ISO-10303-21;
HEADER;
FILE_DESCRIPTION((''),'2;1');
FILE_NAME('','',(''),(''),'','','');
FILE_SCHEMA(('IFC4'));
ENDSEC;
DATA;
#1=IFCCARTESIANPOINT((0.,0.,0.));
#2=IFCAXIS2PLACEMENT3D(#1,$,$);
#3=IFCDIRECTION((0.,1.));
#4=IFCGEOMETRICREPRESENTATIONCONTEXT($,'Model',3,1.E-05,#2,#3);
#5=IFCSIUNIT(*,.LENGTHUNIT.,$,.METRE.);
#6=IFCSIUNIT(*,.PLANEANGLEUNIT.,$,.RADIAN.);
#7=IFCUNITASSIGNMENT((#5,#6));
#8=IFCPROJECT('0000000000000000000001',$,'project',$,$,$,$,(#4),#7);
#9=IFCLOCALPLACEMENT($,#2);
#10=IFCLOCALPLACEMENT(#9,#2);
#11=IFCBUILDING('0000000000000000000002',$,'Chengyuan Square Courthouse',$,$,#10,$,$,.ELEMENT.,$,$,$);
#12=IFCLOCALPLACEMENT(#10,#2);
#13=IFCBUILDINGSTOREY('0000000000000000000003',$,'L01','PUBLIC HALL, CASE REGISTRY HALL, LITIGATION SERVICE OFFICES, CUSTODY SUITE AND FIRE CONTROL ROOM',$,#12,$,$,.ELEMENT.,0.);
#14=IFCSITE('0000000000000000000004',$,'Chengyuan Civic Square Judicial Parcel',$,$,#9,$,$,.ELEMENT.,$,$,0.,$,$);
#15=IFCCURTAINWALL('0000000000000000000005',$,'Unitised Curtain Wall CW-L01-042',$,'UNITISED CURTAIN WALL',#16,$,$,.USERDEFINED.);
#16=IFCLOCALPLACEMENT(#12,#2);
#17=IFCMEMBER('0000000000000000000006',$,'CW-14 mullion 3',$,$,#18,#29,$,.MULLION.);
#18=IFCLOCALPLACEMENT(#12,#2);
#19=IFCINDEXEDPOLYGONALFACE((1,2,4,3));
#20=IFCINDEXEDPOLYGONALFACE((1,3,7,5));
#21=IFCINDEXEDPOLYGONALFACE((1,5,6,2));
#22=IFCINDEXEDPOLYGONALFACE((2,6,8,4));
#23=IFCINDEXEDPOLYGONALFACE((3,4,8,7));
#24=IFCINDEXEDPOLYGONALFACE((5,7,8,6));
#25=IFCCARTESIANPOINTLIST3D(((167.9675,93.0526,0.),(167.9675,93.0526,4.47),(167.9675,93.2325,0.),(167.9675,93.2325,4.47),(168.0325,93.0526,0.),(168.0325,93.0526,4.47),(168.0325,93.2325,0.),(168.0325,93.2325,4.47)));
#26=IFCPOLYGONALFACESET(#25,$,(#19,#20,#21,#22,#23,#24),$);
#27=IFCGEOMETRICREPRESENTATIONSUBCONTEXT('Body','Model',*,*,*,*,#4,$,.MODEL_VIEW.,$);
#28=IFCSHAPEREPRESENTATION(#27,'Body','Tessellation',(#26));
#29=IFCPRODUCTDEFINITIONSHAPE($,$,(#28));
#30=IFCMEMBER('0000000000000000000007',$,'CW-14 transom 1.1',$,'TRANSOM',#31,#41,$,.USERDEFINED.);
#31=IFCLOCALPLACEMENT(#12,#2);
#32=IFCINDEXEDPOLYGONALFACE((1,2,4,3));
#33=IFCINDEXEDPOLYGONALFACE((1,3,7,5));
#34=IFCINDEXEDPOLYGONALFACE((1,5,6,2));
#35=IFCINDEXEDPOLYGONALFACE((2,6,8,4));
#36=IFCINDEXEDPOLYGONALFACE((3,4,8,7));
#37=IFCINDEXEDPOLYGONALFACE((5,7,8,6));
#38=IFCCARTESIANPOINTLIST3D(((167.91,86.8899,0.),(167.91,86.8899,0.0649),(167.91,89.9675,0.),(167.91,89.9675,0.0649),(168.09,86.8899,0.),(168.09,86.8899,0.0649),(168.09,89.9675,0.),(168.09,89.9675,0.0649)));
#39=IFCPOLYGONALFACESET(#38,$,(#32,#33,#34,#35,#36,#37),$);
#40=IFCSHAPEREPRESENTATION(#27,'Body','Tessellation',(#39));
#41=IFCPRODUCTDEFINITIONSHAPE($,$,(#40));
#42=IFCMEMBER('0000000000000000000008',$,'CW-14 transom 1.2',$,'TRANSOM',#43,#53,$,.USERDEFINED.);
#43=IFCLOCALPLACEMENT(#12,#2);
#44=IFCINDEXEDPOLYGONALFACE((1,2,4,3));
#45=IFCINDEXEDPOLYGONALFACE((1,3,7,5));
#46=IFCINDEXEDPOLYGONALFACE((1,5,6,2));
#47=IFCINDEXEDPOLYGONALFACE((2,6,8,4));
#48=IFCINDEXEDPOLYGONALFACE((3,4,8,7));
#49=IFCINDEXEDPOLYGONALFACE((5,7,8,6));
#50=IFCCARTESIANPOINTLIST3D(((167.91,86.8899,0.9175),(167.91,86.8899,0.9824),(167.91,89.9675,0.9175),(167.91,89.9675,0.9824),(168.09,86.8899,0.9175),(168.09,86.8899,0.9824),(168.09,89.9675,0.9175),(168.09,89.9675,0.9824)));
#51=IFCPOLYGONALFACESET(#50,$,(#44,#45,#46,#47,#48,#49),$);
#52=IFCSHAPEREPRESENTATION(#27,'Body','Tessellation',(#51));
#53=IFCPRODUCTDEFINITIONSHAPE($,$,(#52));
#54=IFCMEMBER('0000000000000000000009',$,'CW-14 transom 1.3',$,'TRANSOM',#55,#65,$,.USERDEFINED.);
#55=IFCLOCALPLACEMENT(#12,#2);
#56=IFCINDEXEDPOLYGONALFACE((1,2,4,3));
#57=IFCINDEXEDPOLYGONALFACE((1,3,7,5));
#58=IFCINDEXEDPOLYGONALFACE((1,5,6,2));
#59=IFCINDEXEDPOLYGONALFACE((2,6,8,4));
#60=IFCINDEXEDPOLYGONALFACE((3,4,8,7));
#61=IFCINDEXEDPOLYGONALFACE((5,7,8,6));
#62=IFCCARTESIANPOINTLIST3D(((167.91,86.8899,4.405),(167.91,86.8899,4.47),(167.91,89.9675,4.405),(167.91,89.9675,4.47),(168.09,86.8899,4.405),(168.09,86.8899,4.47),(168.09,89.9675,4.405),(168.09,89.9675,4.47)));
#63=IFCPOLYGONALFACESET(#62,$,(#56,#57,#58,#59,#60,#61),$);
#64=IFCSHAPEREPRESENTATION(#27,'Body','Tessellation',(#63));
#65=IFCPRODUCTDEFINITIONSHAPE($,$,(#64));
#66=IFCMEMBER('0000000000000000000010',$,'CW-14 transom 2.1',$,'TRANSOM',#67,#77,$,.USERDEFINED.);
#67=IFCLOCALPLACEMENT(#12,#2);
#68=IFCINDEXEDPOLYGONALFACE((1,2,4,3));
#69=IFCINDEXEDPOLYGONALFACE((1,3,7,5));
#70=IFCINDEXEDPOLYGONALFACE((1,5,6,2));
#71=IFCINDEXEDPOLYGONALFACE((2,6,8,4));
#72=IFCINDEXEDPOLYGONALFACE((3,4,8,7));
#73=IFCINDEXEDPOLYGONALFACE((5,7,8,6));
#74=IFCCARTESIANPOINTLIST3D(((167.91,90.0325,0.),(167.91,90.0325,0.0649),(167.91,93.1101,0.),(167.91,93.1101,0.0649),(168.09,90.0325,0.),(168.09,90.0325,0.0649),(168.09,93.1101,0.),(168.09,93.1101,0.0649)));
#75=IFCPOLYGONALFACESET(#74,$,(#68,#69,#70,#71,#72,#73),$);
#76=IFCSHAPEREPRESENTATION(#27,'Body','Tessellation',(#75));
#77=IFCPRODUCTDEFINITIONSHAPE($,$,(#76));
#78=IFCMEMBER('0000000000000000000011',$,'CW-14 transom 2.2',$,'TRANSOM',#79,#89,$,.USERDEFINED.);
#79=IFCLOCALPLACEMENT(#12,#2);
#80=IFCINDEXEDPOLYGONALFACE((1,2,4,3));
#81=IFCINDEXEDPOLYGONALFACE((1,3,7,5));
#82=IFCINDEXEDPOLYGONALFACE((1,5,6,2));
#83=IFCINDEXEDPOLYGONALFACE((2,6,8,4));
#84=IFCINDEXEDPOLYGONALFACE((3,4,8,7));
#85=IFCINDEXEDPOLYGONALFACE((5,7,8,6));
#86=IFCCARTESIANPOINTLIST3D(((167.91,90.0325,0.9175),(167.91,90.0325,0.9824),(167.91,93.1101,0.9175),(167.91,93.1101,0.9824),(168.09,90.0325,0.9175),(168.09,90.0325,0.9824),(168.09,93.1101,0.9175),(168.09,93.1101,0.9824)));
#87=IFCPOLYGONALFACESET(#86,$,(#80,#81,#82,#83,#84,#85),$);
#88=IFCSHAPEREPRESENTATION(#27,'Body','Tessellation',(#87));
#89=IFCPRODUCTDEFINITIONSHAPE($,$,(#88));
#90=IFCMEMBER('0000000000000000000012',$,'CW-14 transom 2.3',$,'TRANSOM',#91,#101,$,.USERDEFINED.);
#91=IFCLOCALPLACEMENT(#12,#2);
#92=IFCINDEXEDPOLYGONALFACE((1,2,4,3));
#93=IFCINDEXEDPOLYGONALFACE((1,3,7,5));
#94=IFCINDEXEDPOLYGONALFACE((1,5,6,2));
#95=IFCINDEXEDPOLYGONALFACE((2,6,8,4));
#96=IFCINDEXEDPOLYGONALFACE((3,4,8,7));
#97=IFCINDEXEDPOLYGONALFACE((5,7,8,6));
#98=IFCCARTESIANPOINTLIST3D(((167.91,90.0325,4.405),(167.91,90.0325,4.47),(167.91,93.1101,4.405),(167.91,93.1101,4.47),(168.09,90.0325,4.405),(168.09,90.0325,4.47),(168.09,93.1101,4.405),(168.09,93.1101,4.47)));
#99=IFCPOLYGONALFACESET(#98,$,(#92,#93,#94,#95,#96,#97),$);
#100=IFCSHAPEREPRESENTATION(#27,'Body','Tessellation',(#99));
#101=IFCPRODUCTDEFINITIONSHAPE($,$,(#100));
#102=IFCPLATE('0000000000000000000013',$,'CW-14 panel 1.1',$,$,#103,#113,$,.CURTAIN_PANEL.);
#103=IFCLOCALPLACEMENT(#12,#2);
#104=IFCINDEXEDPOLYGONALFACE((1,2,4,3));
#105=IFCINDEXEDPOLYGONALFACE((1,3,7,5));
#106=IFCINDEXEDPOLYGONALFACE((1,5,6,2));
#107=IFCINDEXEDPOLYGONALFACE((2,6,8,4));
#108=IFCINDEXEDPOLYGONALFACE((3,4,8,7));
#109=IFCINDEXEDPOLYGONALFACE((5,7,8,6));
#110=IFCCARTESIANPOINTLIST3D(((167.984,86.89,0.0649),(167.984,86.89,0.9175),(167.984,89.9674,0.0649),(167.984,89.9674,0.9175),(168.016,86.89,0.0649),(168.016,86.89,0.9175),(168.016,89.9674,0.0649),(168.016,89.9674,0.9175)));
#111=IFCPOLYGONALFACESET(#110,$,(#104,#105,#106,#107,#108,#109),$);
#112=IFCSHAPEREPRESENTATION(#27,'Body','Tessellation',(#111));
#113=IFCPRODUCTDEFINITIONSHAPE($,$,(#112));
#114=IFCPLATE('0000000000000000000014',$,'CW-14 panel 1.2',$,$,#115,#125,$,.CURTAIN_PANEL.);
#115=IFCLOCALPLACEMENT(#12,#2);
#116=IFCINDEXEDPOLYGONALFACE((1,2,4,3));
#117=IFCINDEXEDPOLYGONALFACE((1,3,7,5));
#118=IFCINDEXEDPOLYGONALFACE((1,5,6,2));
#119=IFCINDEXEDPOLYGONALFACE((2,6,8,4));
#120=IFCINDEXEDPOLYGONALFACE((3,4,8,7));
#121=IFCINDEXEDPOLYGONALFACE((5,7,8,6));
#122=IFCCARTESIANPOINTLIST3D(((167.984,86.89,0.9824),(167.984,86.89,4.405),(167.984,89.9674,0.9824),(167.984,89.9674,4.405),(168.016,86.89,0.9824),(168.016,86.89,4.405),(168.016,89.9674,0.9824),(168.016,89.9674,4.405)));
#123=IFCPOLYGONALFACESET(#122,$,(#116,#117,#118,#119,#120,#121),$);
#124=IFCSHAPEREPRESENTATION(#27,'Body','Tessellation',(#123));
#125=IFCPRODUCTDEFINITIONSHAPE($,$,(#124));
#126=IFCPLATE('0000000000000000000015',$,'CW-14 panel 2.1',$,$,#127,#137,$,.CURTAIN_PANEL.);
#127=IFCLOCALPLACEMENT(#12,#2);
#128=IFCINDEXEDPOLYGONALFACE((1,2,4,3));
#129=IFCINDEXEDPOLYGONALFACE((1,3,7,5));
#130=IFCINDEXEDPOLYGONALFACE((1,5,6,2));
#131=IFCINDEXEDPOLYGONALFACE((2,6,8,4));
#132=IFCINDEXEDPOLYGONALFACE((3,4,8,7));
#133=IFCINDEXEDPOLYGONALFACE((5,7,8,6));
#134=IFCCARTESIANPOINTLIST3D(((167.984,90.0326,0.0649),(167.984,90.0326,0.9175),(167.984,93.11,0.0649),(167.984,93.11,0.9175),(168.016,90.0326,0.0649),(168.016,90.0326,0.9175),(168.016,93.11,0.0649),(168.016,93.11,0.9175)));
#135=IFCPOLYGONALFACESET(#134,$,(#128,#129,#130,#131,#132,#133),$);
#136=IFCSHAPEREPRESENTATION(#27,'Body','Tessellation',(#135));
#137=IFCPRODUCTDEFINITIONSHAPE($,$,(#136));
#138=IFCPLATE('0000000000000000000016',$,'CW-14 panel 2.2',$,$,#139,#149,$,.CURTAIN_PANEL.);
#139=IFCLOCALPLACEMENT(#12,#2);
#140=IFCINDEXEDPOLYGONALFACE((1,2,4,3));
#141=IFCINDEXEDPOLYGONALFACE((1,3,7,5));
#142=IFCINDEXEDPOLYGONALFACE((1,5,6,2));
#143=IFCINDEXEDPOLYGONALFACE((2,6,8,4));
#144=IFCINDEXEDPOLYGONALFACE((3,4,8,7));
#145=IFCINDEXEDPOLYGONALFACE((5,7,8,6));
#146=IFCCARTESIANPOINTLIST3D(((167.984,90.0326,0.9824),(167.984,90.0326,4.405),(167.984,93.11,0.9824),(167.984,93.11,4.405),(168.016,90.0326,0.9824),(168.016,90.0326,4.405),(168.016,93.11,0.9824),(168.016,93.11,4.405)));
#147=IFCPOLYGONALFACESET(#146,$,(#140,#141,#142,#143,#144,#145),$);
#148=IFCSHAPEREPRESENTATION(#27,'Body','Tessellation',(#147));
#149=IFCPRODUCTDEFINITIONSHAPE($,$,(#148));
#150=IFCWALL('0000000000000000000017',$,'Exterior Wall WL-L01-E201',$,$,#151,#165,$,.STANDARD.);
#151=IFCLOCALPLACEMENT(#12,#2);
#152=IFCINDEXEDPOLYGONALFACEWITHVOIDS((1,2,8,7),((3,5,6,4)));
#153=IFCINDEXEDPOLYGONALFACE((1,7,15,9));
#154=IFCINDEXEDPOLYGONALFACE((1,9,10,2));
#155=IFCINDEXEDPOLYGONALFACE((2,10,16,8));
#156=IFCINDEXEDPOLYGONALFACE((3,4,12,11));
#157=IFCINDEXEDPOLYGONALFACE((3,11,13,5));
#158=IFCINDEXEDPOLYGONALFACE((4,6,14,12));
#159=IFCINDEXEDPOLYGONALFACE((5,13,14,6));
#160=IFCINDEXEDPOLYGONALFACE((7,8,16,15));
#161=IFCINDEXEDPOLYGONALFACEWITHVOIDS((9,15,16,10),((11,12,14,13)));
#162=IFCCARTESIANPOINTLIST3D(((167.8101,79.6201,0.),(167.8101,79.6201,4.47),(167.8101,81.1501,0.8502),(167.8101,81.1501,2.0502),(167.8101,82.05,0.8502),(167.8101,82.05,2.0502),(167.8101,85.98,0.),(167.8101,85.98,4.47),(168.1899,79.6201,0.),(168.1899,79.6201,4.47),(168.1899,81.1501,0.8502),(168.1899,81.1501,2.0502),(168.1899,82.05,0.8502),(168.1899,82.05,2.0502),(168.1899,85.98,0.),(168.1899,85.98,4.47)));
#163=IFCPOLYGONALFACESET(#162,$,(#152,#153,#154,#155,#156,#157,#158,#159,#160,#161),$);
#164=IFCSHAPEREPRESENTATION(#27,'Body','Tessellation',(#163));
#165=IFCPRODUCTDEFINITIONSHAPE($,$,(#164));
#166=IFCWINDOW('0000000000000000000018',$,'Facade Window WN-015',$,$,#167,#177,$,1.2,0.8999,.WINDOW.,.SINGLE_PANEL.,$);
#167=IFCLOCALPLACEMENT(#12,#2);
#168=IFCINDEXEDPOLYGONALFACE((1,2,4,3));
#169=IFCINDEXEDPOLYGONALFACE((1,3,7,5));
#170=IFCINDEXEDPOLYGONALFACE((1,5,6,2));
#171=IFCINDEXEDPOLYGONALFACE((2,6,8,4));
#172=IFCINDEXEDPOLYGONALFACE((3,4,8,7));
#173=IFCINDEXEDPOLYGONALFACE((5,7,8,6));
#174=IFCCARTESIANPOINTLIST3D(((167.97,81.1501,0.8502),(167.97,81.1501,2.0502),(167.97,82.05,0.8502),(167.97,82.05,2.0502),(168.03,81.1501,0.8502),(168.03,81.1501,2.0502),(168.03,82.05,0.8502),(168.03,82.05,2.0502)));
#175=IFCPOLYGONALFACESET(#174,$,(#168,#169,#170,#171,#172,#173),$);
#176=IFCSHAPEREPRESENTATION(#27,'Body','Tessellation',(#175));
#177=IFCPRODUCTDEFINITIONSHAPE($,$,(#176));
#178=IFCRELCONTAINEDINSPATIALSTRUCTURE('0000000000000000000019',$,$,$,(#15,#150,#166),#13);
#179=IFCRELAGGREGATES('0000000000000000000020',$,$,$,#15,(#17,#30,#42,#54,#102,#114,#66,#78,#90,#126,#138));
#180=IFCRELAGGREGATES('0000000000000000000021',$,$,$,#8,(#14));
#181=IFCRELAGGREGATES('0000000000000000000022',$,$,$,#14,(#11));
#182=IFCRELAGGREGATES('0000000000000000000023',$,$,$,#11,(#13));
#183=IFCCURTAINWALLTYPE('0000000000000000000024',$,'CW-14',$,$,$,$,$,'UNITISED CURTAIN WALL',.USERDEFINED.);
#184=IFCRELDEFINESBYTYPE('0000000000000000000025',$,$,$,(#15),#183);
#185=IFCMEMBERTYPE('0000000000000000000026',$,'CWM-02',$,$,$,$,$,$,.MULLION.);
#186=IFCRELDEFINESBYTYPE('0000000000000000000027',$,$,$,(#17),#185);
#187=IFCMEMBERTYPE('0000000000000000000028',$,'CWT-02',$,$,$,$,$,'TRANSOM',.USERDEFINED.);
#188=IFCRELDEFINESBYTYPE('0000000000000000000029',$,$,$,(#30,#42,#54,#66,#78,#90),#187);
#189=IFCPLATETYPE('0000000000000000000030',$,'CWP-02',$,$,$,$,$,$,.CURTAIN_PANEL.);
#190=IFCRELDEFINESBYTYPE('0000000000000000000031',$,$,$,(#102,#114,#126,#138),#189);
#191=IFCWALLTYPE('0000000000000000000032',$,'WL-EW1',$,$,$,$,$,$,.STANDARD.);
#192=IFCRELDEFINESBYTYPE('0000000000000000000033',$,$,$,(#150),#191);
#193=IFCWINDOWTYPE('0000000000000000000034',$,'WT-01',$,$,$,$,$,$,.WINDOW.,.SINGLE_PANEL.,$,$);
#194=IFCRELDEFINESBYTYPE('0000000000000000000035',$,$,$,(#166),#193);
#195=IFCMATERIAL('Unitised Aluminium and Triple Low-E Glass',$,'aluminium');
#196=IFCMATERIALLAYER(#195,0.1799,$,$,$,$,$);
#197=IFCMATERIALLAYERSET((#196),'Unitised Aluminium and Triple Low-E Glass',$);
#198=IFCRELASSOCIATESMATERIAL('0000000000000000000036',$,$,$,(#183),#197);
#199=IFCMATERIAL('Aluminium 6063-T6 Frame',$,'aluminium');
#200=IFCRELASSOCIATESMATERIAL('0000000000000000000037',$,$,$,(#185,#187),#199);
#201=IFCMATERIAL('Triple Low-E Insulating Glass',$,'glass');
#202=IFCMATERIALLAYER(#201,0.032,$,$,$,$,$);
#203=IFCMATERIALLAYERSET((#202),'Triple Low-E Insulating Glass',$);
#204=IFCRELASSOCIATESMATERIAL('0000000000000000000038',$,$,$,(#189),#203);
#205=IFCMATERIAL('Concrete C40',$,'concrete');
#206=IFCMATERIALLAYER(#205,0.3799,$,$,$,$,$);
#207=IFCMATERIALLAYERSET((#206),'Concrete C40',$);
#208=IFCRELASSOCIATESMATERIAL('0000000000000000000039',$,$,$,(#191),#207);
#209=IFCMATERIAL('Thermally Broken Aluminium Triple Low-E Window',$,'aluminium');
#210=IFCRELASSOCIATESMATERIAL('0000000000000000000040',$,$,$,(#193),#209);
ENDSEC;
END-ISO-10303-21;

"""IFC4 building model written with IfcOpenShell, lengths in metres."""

from ifc_helpers import new_model, si_unit, direction, frame, frame_2d, origin, origin_2d, place, context, subcontext, project, spatial, rectangle, extrude, material, layer, layer_set, material_profile, profile_set, type_object, element, fill, aggregate, save


model = new_model("IFC4")

# Units and contexts
model_context = context("Model", 3, precision=1e-05, world=origin(), true_north=direction((0.0, 1.0)))
body_context = subcontext(model_context, "Body", "Model", "MODEL_VIEW")
ifc_project = project(units=[si_unit("LENGTHUNIT", "METRE"), si_unit("PLANEANGLEUNIT", "RADIAN")], contexts=[model_context])

# Site, building, storey
site_placement = place(None, origin())
site = spatial("IfcSite", under=ifc_project, at=site_placement, Name="Chengyuan Civic Square Judicial Parcel", CompositionType="ELEMENT", RefElevation=0.0)
building_placement = place(site_placement, origin())
building = spatial("IfcBuilding", under=site, at=building_placement, Name="Chengyuan Square Courthouse", CompositionType="ELEMENT")
storey_placement = place(building_placement, origin())
storey = spatial("IfcBuildingStorey", under=building, at=storey_placement, Name="L01", Description="PUBLIC HALL, CASE REGISTRY HALL, LITIGATION SERVICE OFFICES, CUSTODY SUITE AND FIRE CONTROL ROOM", CompositionType="ELEMENT", Elevation=0.0)

# Shared definitions
ifc_material_1 = material(Name="Concrete C40", Category="concrete")

# Curtain wall, members, plates
ifc_material_2 = material(Name="Unitised Aluminium and Triple Low-E Glass", Category="aluminium")
ifc_layer_1 = layer(ifc_material_2, 0.1799)
ifc_layer_set_1 = layer_set([ifc_layer_1], Name="Unitised Aluminium and Triple Low-E Glass")
curtain_wall_type = type_object("IfcCurtainWallType", Name="CW-14", ElementType="UNITISED CURTAIN WALL", PredefinedType="USERDEFINED", material=ifc_layer_set_1)
curtain_wall_placement = place(storey_placement, origin())
curtain_wall = element("IfcCurtainWall", 1, at=curtain_wall_placement, inside=storey, type_object=curtain_wall_type, Name="Unitised Curtain Wall CW-L01-042", ObjectType="UNITISED CURTAIN WALL", PredefinedType="USERDEFINED")
ifc_material_3 = material(Name="Aluminium 6063-T6 Frame", Category="aluminium")
ifc_material_profile_1 = material_profile(ifc_material_3, rectangle(XDim=0.0649, YDim=0.1799, at=origin_2d()), Name="CW-MUL-65x180")
ifc_profile_set_1 = profile_set([ifc_material_profile_1], Name="Aluminium 6063-T6 Frame")
member_type_1 = type_object("IfcMemberType", Name="CWM-02", PredefinedType="MULLION", material=ifc_profile_set_1)
member_1_placement = place(storey_placement, frame((168.0, 93.1426, 0.0), z_axis=(0.0, 0.0, 1.0), x_axis=(-1.0, 0.0, 0.0)))
member_1 = element("IfcMember", 2, at=member_1_placement, type_object=member_type_1, Name="CW-14 mullion 3", PredefinedType="MULLION", context=body_context, shape_type="SweptSolid", body=[
    extrude(rectangle(XDim=0.0649, YDim=0.1799, at=origin_2d()), origin(), (0.0, 0.0, 1.0), 4.47),
])
ifc_material_profile_2 = material_profile(ifc_material_3, rectangle(XDim=0.1799, YDim=0.0649, at=origin_2d()), Name="CW-TRN-65x140")
ifc_profile_set_2 = profile_set([ifc_material_profile_2], Name="Aluminium 6063-T6 Frame")
member_type_2 = type_object("IfcMemberType", Name="CWT-02", ElementType="TRANSOM", PredefinedType="USERDEFINED", material=ifc_profile_set_2)
member_2_placement = place(storey_placement, frame((168.0, 86.8899, 0.0325), z_axis=(0.0, 1.0, 0.0), x_axis=(-1.0, 0.0, 0.0)))
member_2 = element("IfcMember", 3, at=member_2_placement, type_object=member_type_2, Name="CW-14 transom 1.1", ObjectType="TRANSOM", PredefinedType="USERDEFINED", context=body_context, shape_type="SweptSolid", body=[
    extrude(rectangle(XDim=0.1799, YDim=0.0649, at=origin_2d()), origin(), (0.0, 0.0, 1.0), 3.0776),
])
member_3_placement = place(storey_placement, frame((168.0, 86.8899, 0.95), z_axis=(0.0, 1.0, 0.0), x_axis=(-1.0, 0.0, 0.0)))
member_3 = element("IfcMember", 4, at=member_3_placement, type_object=member_type_2, Name="CW-14 transom 1.2", ObjectType="TRANSOM", PredefinedType="USERDEFINED", context=body_context, shape_type="SweptSolid", body=[
    extrude(rectangle(XDim=0.1799, YDim=0.0649, at=origin_2d()), origin(), (0.0, 0.0, 1.0), 3.0776),
])
member_4_placement = place(storey_placement, frame((168.0, 86.8899, 4.4375), z_axis=(0.0, 1.0, 0.0), x_axis=(-1.0, 0.0, 0.0)))
member_4 = element("IfcMember", 5, at=member_4_placement, type_object=member_type_2, Name="CW-14 transom 1.3", ObjectType="TRANSOM", PredefinedType="USERDEFINED", context=body_context, shape_type="SweptSolid", body=[
    extrude(rectangle(XDim=0.1799, YDim=0.0649, at=origin_2d()), origin(), (0.0, 0.0, 1.0), 3.0776),
])
member_5_placement = place(storey_placement, frame((168.0, 90.0325, 0.0325), z_axis=(0.0, 1.0, 0.0), x_axis=(-1.0, 0.0, 0.0)))
member_5 = element("IfcMember", 6, at=member_5_placement, type_object=member_type_2, Name="CW-14 transom 2.1", ObjectType="TRANSOM", PredefinedType="USERDEFINED", context=body_context, shape_type="SweptSolid", body=[
    extrude(rectangle(XDim=0.1799, YDim=0.0649, at=origin_2d()), origin(), (0.0, 0.0, 1.0), 3.0776),
])
member_6_placement = place(storey_placement, frame((168.0, 90.0325, 0.95), z_axis=(0.0, 1.0, 0.0), x_axis=(-1.0, 0.0, 0.0)))
member_6 = element("IfcMember", 7, at=member_6_placement, type_object=member_type_2, Name="CW-14 transom 2.2", ObjectType="TRANSOM", PredefinedType="USERDEFINED", context=body_context, shape_type="SweptSolid", body=[
    extrude(rectangle(XDim=0.1799, YDim=0.0649, at=origin_2d()), origin(), (0.0, 0.0, 1.0), 3.0776),
])
member_7_placement = place(storey_placement, frame((168.0, 90.0325, 4.4375), z_axis=(0.0, 1.0, 0.0), x_axis=(-1.0, 0.0, 0.0)))
member_7 = element("IfcMember", 8, at=member_7_placement, type_object=member_type_2, Name="CW-14 transom 2.3", ObjectType="TRANSOM", PredefinedType="USERDEFINED", context=body_context, shape_type="SweptSolid", body=[
    extrude(rectangle(XDim=0.1799, YDim=0.0649, at=origin_2d()), origin(), (0.0, 0.0, 1.0), 3.0776),
])
ifc_material_4 = material(Name="Triple Low-E Insulating Glass", Category="glass")
ifc_layer_2 = layer(ifc_material_4, 0.032)
ifc_layer_set_2 = layer_set([ifc_layer_2], Name="Triple Low-E Insulating Glass")
plate_type = type_object("IfcPlateType", Name="CWP-02", PredefinedType="CURTAIN_PANEL", material=ifc_layer_set_2)
plate_1_placement = place(storey_placement, frame((168.0, 88.4287, 0.0649), z_axis=(0.0, 0.0, 1.0), x_axis=(0.0, 1.0, 0.0)))
plate_1 = element("IfcPlate", 9, at=plate_1_placement, type_object=plate_type, Name="CW-14 panel 1.1", PredefinedType="CURTAIN_PANEL", context=body_context, shape_type="SweptSolid", body=[
    extrude(rectangle(XDim=3.0774, YDim=0.032, at=origin_2d()), origin(), (0.0, 0.0, 1.0), 0.8525),
])
plate_2_placement = place(storey_placement, frame((168.0, 88.4287, 0.9824), z_axis=(0.0, 0.0, 1.0), x_axis=(0.0, 1.0, 0.0)))
plate_2 = element("IfcPlate", 10, at=plate_2_placement, type_object=plate_type, Name="CW-14 panel 1.2", PredefinedType="CURTAIN_PANEL", context=body_context, shape_type="SweptSolid", body=[
    extrude(rectangle(XDim=3.0774, YDim=0.032, at=origin_2d()), origin(), (0.0, 0.0, 1.0), 3.4226),
])
plate_3_placement = place(storey_placement, frame((168.0, 91.5713, 0.0649), z_axis=(0.0, 0.0, 1.0), x_axis=(0.0, 1.0, 0.0)))
plate_3 = element("IfcPlate", 11, at=plate_3_placement, type_object=plate_type, Name="CW-14 panel 2.1", PredefinedType="CURTAIN_PANEL", context=body_context, shape_type="SweptSolid", body=[
    extrude(rectangle(XDim=3.0774, YDim=0.032, at=origin_2d()), origin(), (0.0, 0.0, 1.0), 0.8525),
])
plate_4_placement = place(storey_placement, frame((168.0, 91.5713, 0.9824), z_axis=(0.0, 0.0, 1.0), x_axis=(0.0, 1.0, 0.0)))
plate_4 = element("IfcPlate", 12, at=plate_4_placement, type_object=plate_type, Name="CW-14 panel 2.2", PredefinedType="CURTAIN_PANEL", context=body_context, shape_type="SweptSolid", body=[
    extrude(rectangle(XDim=3.0774, YDim=0.032, at=origin_2d()), origin(), (0.0, 0.0, 1.0), 3.4226),
])
aggregate(curtain_wall, [member_1, member_2, member_3, member_4, plate_1, plate_2, member_5, member_6, member_7, plate_3, plate_4])

# Wall, opening, window
ifc_layer_3 = layer(ifc_material_1, 0.3799)
ifc_layer_set_3 = layer_set([ifc_layer_3], Name="Concrete C40")
wall_type_1 = type_object("IfcWallType", Name="WL-EW1", PredefinedType="STANDARD", material=ifc_layer_set_3)
wall_1_placement = place(storey_placement, frame((168.0, 79.6201, 0.0), z_axis=(0.0, 0.0, 1.0), x_axis=(0.0, 1.0, 0.0)))
wall_1 = element("IfcWall", 13, at=wall_1_placement, inside=storey, type_object=wall_type_1, Name="Exterior Wall WL-L01-E201", PredefinedType="STANDARD", context=body_context, shape_type="SweptSolid", body=[
    extrude(rectangle(XDim=6.3599, YDim=0.3799, at=frame_2d((3.1799, 0.0))), origin(), (0.0, 0.0, 1.0), 4.47),
])
opening_1_placement = place(wall_1_placement, frame((1.53, 0.0, 0.8501)))
opening_1 = element("IfcOpeningElement", 14, at=opening_1_placement, cuts=wall_1, PredefinedType="OPENING", context=body_context, shape_type="SweptSolid", body=[
    extrude(rectangle(XDim=0.8999, YDim=1.2, at=frame_2d((0.45, 0.6001))), frame((0.0, 0.2019, 0.0), z_axis=(0.0, -1.0, 0.0), x_axis=(1.0, 0.0, 0.0)), (0.0, 0.0, 1.0), 0.4038),
])
ifc_material_5 = material(Name="Thermally Broken Aluminium Triple Low-E Window", Category="aluminium")
window_type = type_object("IfcWindowType", Name="WT-01", PartitioningType="SINGLE_PANEL", PredefinedType="WINDOW", material=ifc_material_5)
window_placement = place(opening_1_placement, origin())
window = element("IfcWindow", 15, at=window_placement, inside=storey, type_object=window_type, Name="Facade Window WN-015", OverallHeight=1.2, OverallWidth=0.8999, PartitioningType="SINGLE_PANEL", PredefinedType="WINDOW", context=body_context, shape_type="SweptSolid", body=[
    extrude(rectangle(XDim=0.8999, YDim=1.2, at=frame_2d((0.45, 0.6001))), frame((0.0, 0.03, 0.0), z_axis=(0.0, -1.0, 0.0), x_axis=(1.0, 0.0, 0.0)), (0.0, 0.0, 1.0), 0.0601),
])
fill(opening_1, window)

save(model, "model.ifc")
